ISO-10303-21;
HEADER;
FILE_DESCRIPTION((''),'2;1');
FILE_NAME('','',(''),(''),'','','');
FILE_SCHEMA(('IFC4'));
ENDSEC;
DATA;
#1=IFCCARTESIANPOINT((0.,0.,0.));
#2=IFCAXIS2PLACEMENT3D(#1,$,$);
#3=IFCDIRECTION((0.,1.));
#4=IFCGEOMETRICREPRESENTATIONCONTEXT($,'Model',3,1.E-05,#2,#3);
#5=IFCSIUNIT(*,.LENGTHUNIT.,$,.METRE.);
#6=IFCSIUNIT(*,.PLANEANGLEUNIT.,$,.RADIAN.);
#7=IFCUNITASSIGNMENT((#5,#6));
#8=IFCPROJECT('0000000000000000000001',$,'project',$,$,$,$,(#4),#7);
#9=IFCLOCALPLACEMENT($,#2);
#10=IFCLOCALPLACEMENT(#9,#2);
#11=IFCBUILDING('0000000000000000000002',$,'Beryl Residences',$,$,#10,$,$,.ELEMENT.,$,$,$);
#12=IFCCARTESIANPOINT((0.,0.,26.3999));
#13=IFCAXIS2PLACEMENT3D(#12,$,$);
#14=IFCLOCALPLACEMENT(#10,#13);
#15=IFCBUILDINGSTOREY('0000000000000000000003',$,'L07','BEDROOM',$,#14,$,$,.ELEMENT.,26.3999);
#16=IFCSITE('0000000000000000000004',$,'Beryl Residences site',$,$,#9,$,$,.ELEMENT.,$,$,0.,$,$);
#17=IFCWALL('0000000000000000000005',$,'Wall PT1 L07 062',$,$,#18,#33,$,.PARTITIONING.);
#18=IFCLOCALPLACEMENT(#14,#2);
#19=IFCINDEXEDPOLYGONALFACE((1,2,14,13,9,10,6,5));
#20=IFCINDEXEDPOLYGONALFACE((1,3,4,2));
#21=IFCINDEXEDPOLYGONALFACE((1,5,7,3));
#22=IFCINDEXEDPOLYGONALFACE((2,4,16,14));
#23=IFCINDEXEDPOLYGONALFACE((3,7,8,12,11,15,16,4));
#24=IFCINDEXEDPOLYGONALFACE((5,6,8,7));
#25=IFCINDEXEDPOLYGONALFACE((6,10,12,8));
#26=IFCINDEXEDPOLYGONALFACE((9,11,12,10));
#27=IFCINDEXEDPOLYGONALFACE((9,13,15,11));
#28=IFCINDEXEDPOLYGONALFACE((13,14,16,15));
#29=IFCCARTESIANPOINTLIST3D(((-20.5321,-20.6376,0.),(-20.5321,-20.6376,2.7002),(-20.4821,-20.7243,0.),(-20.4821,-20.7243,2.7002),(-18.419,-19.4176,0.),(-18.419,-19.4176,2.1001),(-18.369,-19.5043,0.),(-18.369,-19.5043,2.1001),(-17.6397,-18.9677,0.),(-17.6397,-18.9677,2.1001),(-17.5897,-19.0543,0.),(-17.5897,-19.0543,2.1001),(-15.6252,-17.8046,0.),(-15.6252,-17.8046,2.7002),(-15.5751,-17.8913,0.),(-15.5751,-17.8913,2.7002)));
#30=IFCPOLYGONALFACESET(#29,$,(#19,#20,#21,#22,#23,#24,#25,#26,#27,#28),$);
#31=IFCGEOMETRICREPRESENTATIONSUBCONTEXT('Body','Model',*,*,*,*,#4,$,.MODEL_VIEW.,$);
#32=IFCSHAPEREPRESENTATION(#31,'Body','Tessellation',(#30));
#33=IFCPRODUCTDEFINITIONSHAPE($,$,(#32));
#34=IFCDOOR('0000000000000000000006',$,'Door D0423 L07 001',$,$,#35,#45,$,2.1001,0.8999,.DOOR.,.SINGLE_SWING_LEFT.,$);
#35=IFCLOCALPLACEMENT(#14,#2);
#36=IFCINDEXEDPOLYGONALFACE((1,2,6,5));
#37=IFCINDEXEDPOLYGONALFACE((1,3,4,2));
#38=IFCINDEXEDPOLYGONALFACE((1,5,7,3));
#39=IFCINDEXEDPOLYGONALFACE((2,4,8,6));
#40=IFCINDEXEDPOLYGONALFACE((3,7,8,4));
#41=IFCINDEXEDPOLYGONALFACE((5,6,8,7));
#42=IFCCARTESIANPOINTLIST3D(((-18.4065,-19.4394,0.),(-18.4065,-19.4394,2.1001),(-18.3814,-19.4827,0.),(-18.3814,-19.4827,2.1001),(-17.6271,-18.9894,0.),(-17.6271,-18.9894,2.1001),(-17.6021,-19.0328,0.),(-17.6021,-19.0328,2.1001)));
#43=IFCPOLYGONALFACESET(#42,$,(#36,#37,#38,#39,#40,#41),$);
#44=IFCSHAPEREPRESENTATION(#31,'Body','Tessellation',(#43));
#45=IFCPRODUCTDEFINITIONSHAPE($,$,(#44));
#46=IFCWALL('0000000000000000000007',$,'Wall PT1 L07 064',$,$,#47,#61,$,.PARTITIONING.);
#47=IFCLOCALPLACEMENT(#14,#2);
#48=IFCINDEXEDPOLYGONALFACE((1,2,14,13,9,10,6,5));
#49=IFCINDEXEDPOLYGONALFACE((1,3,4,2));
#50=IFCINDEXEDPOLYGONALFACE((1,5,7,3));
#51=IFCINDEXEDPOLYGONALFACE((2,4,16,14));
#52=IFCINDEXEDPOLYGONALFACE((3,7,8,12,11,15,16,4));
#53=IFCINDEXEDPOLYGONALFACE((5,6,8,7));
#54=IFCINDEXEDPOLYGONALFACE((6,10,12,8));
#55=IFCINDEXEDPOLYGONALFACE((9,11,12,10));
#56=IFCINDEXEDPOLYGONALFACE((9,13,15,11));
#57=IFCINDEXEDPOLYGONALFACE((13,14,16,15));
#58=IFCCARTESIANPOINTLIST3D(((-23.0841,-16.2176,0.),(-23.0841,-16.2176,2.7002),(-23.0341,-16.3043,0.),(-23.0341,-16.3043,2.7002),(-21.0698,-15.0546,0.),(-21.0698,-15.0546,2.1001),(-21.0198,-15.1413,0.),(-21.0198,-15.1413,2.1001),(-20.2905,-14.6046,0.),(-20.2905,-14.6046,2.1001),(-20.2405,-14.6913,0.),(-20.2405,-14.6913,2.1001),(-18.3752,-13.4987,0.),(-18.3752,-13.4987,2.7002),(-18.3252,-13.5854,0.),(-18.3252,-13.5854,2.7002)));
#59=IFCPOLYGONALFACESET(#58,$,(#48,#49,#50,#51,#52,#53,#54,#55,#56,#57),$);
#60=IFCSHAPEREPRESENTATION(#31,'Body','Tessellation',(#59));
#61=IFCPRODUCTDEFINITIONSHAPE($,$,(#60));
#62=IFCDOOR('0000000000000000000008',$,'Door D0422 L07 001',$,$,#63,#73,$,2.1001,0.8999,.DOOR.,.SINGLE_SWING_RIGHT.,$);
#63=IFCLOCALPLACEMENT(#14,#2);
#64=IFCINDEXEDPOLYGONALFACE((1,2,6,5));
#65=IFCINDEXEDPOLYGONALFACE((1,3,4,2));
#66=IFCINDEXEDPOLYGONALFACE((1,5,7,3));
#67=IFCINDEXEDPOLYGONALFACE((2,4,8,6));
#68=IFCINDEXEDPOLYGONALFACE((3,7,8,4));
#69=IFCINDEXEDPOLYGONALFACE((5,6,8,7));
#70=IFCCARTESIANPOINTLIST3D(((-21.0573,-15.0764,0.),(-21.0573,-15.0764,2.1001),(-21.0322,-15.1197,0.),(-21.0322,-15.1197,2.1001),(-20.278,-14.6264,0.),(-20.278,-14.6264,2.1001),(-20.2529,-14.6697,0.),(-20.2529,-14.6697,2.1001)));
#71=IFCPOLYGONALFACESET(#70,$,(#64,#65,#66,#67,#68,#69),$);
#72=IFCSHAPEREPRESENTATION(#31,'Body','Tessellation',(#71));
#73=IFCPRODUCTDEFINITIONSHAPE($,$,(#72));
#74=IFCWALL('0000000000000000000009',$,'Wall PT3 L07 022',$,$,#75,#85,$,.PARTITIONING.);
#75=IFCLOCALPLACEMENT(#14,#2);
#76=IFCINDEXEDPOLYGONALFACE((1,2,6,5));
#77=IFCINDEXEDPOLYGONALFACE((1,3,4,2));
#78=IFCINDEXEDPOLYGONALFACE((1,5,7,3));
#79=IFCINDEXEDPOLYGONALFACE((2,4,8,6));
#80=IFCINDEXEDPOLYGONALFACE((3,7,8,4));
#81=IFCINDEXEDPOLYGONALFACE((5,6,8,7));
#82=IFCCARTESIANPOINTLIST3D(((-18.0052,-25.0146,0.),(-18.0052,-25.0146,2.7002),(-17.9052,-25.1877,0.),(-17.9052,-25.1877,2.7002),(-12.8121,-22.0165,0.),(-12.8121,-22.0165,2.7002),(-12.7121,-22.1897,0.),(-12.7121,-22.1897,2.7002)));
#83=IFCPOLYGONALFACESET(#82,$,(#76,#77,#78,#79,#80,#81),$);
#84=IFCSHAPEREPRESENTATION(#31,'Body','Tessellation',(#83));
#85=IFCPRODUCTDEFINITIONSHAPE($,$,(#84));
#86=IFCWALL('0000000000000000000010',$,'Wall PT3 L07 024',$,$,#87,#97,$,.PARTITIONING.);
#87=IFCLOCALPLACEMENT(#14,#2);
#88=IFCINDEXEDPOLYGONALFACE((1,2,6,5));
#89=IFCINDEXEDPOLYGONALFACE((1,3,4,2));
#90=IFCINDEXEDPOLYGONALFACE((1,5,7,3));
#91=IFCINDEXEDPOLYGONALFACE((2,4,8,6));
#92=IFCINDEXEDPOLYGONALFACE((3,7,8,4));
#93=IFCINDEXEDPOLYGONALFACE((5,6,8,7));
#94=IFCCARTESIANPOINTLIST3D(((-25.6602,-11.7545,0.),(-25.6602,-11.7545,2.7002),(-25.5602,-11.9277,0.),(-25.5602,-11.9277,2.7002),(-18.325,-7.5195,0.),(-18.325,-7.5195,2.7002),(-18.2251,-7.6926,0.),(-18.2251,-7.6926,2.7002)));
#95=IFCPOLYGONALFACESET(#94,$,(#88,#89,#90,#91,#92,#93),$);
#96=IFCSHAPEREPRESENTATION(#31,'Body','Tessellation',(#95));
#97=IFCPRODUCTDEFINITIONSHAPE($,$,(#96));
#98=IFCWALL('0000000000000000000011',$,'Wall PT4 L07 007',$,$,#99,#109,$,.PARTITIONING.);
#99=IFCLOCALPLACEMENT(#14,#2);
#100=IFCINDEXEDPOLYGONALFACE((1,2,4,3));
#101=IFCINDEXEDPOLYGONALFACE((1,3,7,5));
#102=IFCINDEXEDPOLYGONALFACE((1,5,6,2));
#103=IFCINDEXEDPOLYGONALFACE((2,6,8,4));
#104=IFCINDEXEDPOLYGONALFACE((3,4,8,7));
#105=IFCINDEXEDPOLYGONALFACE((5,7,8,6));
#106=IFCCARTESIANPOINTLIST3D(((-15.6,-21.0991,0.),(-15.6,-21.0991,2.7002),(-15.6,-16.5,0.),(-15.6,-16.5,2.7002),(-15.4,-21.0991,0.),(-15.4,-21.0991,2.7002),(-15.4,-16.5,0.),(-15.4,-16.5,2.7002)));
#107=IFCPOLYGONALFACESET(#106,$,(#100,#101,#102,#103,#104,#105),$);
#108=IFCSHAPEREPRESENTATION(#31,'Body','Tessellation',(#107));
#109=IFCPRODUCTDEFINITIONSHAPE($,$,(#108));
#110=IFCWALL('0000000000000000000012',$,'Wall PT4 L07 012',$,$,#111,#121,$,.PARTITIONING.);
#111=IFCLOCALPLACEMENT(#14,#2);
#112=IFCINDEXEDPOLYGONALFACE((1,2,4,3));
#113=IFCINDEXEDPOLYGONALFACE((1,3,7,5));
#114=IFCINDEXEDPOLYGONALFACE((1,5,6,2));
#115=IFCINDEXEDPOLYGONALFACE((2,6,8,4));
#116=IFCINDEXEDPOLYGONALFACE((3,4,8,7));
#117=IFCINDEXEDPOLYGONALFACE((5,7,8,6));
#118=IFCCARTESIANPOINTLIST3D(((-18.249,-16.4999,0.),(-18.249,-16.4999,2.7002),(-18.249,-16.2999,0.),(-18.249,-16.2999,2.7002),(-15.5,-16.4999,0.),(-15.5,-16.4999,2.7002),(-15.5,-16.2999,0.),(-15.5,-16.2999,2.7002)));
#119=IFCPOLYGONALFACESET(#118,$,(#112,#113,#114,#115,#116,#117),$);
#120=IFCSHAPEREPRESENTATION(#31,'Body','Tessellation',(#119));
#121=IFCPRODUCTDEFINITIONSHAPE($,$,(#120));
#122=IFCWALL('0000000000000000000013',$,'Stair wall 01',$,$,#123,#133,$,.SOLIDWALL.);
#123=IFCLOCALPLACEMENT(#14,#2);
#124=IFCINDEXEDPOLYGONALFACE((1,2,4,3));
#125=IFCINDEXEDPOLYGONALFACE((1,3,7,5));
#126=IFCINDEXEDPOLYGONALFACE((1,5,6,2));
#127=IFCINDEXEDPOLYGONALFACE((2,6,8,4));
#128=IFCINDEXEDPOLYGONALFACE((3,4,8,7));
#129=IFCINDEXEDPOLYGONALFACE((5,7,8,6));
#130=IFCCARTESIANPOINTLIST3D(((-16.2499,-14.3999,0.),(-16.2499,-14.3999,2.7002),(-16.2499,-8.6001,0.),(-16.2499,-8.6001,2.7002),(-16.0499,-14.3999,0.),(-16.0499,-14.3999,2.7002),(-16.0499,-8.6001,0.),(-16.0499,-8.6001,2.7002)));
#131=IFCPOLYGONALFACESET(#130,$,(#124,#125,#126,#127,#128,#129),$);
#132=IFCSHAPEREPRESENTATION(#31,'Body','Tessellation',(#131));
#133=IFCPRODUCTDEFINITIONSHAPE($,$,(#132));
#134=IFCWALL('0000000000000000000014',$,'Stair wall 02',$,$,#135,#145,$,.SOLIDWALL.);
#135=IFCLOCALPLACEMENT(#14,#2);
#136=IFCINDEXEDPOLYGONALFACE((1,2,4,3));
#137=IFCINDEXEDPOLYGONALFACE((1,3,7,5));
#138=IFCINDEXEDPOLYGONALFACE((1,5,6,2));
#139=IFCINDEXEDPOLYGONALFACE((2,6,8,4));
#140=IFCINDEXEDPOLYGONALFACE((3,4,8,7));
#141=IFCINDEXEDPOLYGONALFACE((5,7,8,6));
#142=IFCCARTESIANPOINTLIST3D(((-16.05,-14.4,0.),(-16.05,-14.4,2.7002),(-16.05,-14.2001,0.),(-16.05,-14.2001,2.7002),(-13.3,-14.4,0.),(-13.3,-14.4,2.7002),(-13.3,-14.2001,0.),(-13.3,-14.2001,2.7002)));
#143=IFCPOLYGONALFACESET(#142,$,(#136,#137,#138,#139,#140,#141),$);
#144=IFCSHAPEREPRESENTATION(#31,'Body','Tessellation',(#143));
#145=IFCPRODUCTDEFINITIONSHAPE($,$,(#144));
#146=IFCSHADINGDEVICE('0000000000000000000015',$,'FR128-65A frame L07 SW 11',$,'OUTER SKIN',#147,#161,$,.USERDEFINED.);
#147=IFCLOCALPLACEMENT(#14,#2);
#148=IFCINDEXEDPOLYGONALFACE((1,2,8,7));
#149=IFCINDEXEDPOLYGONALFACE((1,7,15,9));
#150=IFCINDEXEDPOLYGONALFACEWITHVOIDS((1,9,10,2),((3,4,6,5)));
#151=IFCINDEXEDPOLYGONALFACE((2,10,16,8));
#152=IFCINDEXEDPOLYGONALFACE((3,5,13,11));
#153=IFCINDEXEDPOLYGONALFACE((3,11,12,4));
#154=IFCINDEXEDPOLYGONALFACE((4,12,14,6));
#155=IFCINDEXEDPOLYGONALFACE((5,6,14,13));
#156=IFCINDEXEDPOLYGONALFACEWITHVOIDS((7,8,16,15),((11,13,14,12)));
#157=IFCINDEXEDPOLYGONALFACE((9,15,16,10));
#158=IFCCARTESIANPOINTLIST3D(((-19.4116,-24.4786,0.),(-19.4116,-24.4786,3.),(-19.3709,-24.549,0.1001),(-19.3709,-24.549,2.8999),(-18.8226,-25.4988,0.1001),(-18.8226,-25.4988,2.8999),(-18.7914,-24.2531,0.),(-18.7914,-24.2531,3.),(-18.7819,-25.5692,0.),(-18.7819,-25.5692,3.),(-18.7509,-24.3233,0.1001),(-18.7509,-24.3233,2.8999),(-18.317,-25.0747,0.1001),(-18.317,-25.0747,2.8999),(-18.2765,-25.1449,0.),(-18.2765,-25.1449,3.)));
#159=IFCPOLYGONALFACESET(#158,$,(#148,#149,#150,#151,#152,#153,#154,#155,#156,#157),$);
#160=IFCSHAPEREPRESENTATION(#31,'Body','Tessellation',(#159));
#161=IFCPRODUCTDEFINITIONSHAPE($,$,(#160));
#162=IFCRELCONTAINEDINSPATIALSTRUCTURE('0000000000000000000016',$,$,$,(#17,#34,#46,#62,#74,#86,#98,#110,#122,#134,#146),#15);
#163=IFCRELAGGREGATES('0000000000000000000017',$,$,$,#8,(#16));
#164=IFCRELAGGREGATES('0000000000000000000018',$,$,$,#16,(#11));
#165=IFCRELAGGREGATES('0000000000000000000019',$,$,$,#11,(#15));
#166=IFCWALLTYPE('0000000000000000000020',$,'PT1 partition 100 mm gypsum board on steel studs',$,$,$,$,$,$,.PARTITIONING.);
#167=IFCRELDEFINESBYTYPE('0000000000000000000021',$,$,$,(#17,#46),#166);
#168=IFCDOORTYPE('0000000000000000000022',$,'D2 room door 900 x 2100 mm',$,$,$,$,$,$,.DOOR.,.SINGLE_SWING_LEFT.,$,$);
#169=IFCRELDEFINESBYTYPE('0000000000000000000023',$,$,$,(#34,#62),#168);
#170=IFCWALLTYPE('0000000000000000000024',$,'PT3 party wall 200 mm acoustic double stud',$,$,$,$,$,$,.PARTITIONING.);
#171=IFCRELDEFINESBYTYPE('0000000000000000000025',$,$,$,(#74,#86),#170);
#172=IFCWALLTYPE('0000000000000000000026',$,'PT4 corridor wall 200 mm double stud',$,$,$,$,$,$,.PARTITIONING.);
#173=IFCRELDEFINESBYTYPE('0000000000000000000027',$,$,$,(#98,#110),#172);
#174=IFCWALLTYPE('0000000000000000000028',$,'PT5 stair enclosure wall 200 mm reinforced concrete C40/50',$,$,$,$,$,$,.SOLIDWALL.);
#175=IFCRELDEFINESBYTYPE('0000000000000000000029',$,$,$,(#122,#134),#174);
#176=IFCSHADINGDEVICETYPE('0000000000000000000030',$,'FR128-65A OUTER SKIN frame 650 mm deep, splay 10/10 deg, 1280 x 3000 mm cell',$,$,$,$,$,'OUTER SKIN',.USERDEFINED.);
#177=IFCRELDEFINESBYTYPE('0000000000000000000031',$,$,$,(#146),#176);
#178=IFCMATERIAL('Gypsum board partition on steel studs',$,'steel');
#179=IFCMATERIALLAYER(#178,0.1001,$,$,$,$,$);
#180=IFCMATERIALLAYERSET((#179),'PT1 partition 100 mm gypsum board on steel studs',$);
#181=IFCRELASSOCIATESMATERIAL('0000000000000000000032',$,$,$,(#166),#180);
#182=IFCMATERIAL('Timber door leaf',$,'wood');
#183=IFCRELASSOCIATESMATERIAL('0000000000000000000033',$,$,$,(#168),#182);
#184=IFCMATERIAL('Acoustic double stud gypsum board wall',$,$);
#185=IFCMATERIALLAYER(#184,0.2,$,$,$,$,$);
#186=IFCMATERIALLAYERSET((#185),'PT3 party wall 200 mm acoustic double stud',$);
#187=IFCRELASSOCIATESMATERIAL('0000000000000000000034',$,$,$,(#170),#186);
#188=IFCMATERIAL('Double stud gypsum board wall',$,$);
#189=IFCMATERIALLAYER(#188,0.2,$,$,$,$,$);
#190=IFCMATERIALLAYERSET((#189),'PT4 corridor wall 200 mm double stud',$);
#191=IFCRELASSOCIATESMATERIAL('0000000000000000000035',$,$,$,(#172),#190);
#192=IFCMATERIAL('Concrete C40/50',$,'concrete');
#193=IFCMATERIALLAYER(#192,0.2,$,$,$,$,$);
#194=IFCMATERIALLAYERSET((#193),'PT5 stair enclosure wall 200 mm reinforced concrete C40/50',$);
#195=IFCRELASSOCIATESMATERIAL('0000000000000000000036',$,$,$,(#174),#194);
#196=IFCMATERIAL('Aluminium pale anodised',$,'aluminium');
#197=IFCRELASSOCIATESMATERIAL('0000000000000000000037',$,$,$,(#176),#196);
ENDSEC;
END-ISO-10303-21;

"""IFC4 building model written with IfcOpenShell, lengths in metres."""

from ifc_helpers import new_model, entity, si_unit, direction, frame, frame_2d, origin, place, context, subcontext, project, spatial, rectangle, extrude, source, transform, mapped, material, layer, layer_set, type_object, type_shapes, element, fill, save


model = new_model("IFC4")

# Units and contexts
model_context = context("Model", 3, precision=1e-05, world=origin(), true_north=direction((0.0, 1.0)))
body_context = subcontext(model_context, "Body", "Model", "MODEL_VIEW")
ifc_project = project(units=[si_unit("LENGTHUNIT", "METRE"), si_unit("PLANEANGLEUNIT", "RADIAN")], contexts=[model_context])

# Site, building, storey
site_placement = place(None, origin())
site = spatial("IfcSite", under=ifc_project, at=site_placement, Name="Beryl Residences site", CompositionType="ELEMENT", RefElevation=0.0)
building_placement = place(site_placement, origin())
building = spatial("IfcBuilding", under=site, at=building_placement, Name="Beryl Residences", CompositionType="ELEMENT")
storey_placement = place(building_placement, frame((0.0, 0.0, 26.3999)))
storey = spatial("IfcBuildingStorey", under=building, at=storey_placement, Name="L07", Description="BEDROOM", CompositionType="ELEMENT", Elevation=26.3999)

# Shared definitions
ifc_material_1 = material(Name="Gypsum board partition on steel studs", Category="steel")
ifc_layer_1 = layer(ifc_material_1, 0.1001)
ifc_layer_set_1 = layer_set([ifc_layer_1], Name="PT1 partition 100 mm gypsum board on steel studs")
wall_type_1 = type_object("IfcWallType", Name="PT1 partition 100 mm gypsum board on steel studs", PredefinedType="PARTITIONING", material=ifc_layer_set_1)

# Walls, openings, doors
wall_1_placement = place(storey_placement, frame((-20.5071, -20.6809, 0.0), z_axis=(0.0, 0.0, 1.0), x_axis=(0.866028, 0.499995, 0.0)))
wall_1 = element("IfcWall", 1, at=wall_1_placement, inside=storey, type_object=wall_type_1, Name="Wall PT1 L07 062", PredefinedType="PARTITIONING", context=body_context, shape_type="SweptSolid", body=[
    extrude(rectangle(XDim=5.666, YDim=0.1001, at=frame_2d((2.833, 0.0))), origin(), (0.0, 0.0, 1.0), 2.7002),
])
opening_1_placement = place(wall_1_placement, frame((2.4399, 0.0, 0.0)))
opening_1 = element("IfcOpeningElement", 2, at=opening_1_placement, cuts=wall_1, PredefinedType="OPENING", context=body_context, shape_type="SweptSolid", body=[
    extrude(rectangle(XDim=0.8999, YDim=2.1001, at=frame_2d((0.45, 1.05))), frame((0.0, 0.0601, 0.0), z_axis=(0.0, -1.0, 0.0), x_axis=(1.0, 0.0, 0.0)), (0.0, 0.0, 1.0), 0.1201),
])
ifc_material_2 = material(Name="Timber door leaf", Category="wood")
door_type_1 = type_object("IfcDoorType", Name="D2 room door 900 x 2100 mm", OperationType="SINGLE_SWING_LEFT", PredefinedType="DOOR", material=ifc_material_2)
door_1_placement = place(opening_1_placement, origin())
door_1 = element("IfcDoor", 3, at=door_1_placement, inside=storey, type_object=door_type_1, Name="Door D0423 L07 001", OperationType="SINGLE_SWING_LEFT", OverallHeight=2.1001, OverallWidth=0.8999, PredefinedType="DOOR", context=body_context, shape_type="SweptSolid", body=[
    extrude(rectangle(XDim=0.8999, YDim=2.1001, at=frame_2d((0.45, 1.05))), frame((0.0, 0.0249, 0.0), z_axis=(0.0, -1.0, 0.0), x_axis=(1.0, 0.0, 0.0)), (0.0, 0.0, 1.0), 0.05),
])
fill(opening_1, door_1)
wall_2_placement = place(storey_placement, frame((-23.0591, -16.261, 0.0), z_axis=(0.0, 0.0, 1.0), x_axis=(0.866005, 0.500036, 0.0)))
wall_2 = element("IfcWall", 4, at=wall_2_placement, inside=storey, type_object=wall_type_1, Name="Wall PT1 L07 064", PredefinedType="PARTITIONING", context=body_context, shape_type="SweptSolid", body=[
    extrude(rectangle(XDim=5.4375, YDim=0.1001, at=frame_2d((2.7188, 0.0))), origin(), (0.0, 0.0, 1.0), 2.7002),
])
opening_2_placement = place(wall_2_placement, frame((2.3259, 0.0, 0.0)))
opening_2 = element("IfcOpeningElement", 5, at=opening_2_placement, cuts=wall_2, PredefinedType="OPENING", context=body_context, shape_type="SweptSolid", body=[
    extrude(rectangle(XDim=0.8999, YDim=2.1001, at=frame_2d((0.45, 1.05))), frame((0.0, 0.0601, 0.0), z_axis=(0.0, -1.0, 0.0), x_axis=(1.0, 0.0, 0.0)), (0.0, 0.0, 1.0), 0.1201),
])
door_2_placement = place(opening_2_placement, origin())
door_2 = element("IfcDoor", 6, at=door_2_placement, inside=storey, type_object=door_type_1, Name="Door D0422 L07 001", OperationType="SINGLE_SWING_RIGHT", OverallHeight=2.1001, OverallWidth=0.8999, PredefinedType="DOOR", context=body_context, shape_type="SweptSolid", body=[
    extrude(rectangle(XDim=0.8999, YDim=2.1001, at=frame_2d((0.45, 1.05))), frame((0.0, 0.0249, 0.0), z_axis=(0.0, -1.0, 0.0), x_axis=(1.0, 0.0, 0.0)), (0.0, 0.0, 1.0), 0.05),
])
fill(opening_2, door_2)

# Walls
ifc_material_3 = material(Name="Acoustic double stud gypsum board wall")
ifc_layer_2 = layer(ifc_material_3, 0.2)
ifc_layer_set_2 = layer_set([ifc_layer_2], Name="PT3 party wall 200 mm acoustic double stud")
wall_type_2 = type_object("IfcWallType", Name="PT3 party wall 200 mm acoustic double stud", PredefinedType="PARTITIONING", material=ifc_layer_set_2)
wall_3_placement = place(storey_placement, frame((-17.9551, -25.1011, 0.0), z_axis=(0.0, 0.0, 1.0), x_axis=(0.86604, 0.499975, 0.0)))
element("IfcWall", 7, at=wall_3_placement, inside=storey, type_object=wall_type_2, Name="Wall PT3 L07 022", PredefinedType="PARTITIONING", context=body_context, shape_type="SweptSolid", body=[
    extrude(rectangle(XDim=5.9963, YDim=0.2, at=frame_2d((2.998, 0.0))), origin(), (0.0, 0.0, 1.0), 2.7002),
])
wall_4_placement = place(storey_placement, frame((-25.6101, -11.8411, 0.0), z_axis=(0.0, 0.0, 1.0), x_axis=(0.866019, 0.500011, 0.0)))
element("IfcWall", 8, at=wall_4_placement, inside=storey, type_object=wall_type_2, Name="Wall PT3 L07 024", PredefinedType="PARTITIONING", context=body_context, shape_type="SweptSolid", body=[
    extrude(rectangle(XDim=8.47, YDim=0.2, at=frame_2d((4.2349, 0.0))), origin(), (0.0, 0.0, 1.0), 2.7002),
])
ifc_material_4 = material(Name="Double stud gypsum board wall")
ifc_layer_3 = layer(ifc_material_4, 0.2)
ifc_layer_set_3 = layer_set([ifc_layer_3], Name="PT4 corridor wall 200 mm double stud")
wall_type_3 = type_object("IfcWallType", Name="PT4 corridor wall 200 mm double stud", PredefinedType="PARTITIONING", material=ifc_layer_set_3)
wall_5_placement = place(storey_placement, frame((-15.5, -16.5, 0.0), z_axis=(0.0, 0.0, 1.0), x_axis=(0.0, -1.0, 0.0)))
element("IfcWall", 9, at=wall_5_placement, inside=storey, type_object=wall_type_3, Name="Wall PT4 L07 007", PredefinedType="PARTITIONING", context=body_context, shape_type="SweptSolid", body=[
    extrude(rectangle(XDim=4.5991, YDim=0.2, at=frame_2d((2.2996, 0.0))), origin(), (0.0, 0.0, 1.0), 2.7002),
])
wall_6_placement = place(storey_placement, frame((-18.249, -16.3999, 0.0), z_axis=(0.0, 0.0, 1.0), x_axis=(1.0, 0.0, 0.0)))
element("IfcWall", 10, at=wall_6_placement, inside=storey, type_object=wall_type_3, Name="Wall PT4 L07 012", PredefinedType="PARTITIONING", context=body_context, shape_type="SweptSolid", body=[
    extrude(rectangle(XDim=2.749, YDim=0.2, at=frame_2d((1.3745, 0.0))), origin(), (0.0, 0.0, 1.0), 2.7002),
])
ifc_material_5 = material(Name="Concrete C40/50", Category="concrete")
ifc_layer_4 = layer(ifc_material_5, 0.2)
ifc_layer_set_4 = layer_set([ifc_layer_4], Name="PT5 stair enclosure wall 200 mm reinforced concrete C40/50")
wall_type_4 = type_object("IfcWallType", Name="PT5 stair enclosure wall 200 mm reinforced concrete C40/50", PredefinedType="SOLIDWALL", material=ifc_layer_set_4)
wall_7_placement = place(storey_placement, frame((-16.1499, -14.3999, 0.0), z_axis=(0.0, 0.0, 1.0), x_axis=(0.0, 1.0, 0.0)))
element("IfcWall", 11, at=wall_7_placement, inside=storey, type_object=wall_type_4, Name="Stair wall 01", PredefinedType="SOLIDWALL", context=body_context, shape_type="SweptSolid", body=[
    extrude(rectangle(XDim=5.7998, YDim=0.2, at=frame_2d((2.8999, 0.0))), origin(), (0.0, 0.0, 1.0), 2.7002),
])
wall_8_placement = place(storey_placement, frame((-16.05, -14.3, 0.0), z_axis=(0.0, 0.0, 1.0), x_axis=(1.0, 0.0, 0.0)))
element("IfcWall", 12, at=wall_8_placement, inside=storey, type_object=wall_type_4, Name="Stair wall 02", PredefinedType="SOLIDWALL", context=body_context, shape_type="SweptSolid", body=[
    extrude(rectangle(XDim=2.75, YDim=0.2, at=frame_2d((1.375, 0.0))), origin(), (0.0, 0.0, 1.0), 2.7002),
])

# Shading device
ifc_material_6 = material(Name="Aluminium pale anodised", Category="aluminium")
shading_device_type_1 = type_object("IfcShadingDeviceType", Name="FR128-65A OUTER SKIN frame 650 mm deep, splay 10/10 deg, 1280 x 3000 mm cell", ElementType="OUTER SKIN", PredefinedType="USERDEFINED", material=ifc_material_6)
cartesian_point_1 = entity("IfcCartesianPoint", [-0.5149, 0.0])
cartesian_point_2 = entity("IfcCartesianPoint", [-0.4338, 0.1001])
cartesian_point_3 = entity("IfcCartesianPoint", [-0.6296, 0.0])
cartesian_point_4 = entity("IfcCartesianPoint", [-0.5483, 0.1001])
shared_shape_1 = source(origin(), body_context, "Body", "SweptSolid", [
    entity("IfcExtrudedAreaSolidTapered", entity("IfcArbitraryProfileDefWithVoids", "AREA", None, entity("IfcPolyline", [cartesian_point_1, entity("IfcCartesianPoint", [0.5149, 0.0]), entity("IfcCartesianPoint", [0.5149, 3.0]), entity("IfcCartesianPoint", [-0.5149, 3.0]), cartesian_point_1]), [entity("IfcPolyline", [cartesian_point_2, entity("IfcCartesianPoint", [0.4338, 0.1001]), entity("IfcCartesianPoint", [0.4338, 2.8999]), entity("IfcCartesianPoint", [-0.4338, 2.8999]), cartesian_point_2])]), entity("IfcAxis2Placement3D", entity("IfcCartesianPoint", [0.0, 0.0, 0.0]), entity("IfcDirection", [0.0, 1.0, 0.0]), entity("IfcDirection", [-1.0, 0.0, 0.0])), entity("IfcDirection", [0.0, 0.0, 1.0]), 0.6499, entity("IfcArbitraryProfileDefWithVoids", "AREA", None, entity("IfcPolyline", [cartesian_point_3, entity("IfcCartesianPoint", [0.6296, 0.0]), entity("IfcCartesianPoint", [0.6296, 3.0]), entity("IfcCartesianPoint", [-0.6296, 3.0]), cartesian_point_3]), [entity("IfcPolyline", [cartesian_point_4, entity("IfcCartesianPoint", [0.5483, 0.1001]), entity("IfcCartesianPoint", [0.5483, 2.8999]), entity("IfcCartesianPoint", [-0.5483, 2.8999]), cartesian_point_4])])),
])
type_shapes(shading_device_type_1, [shared_shape_1])
shading_device_1_placement = place(storey_placement, frame((-18.5339, -24.699, 0.0), z_axis=(0.0, 0.0, 1.0), x_axis=(-0.5, 0.866025, 0.0)))
element("IfcShadingDevice", 13, at=shading_device_1_placement, inside=storey, type_object=shading_device_type_1, Name="FR128-65A frame L07 SW 11", ObjectType="OUTER SKIN", PredefinedType="USERDEFINED", context=body_context, shape_type="MappedRepresentation", body=[
    mapped(shared_shape_1, transform((0.0, 0.0, 0.0))),
])

save(model, "model.ifc")
